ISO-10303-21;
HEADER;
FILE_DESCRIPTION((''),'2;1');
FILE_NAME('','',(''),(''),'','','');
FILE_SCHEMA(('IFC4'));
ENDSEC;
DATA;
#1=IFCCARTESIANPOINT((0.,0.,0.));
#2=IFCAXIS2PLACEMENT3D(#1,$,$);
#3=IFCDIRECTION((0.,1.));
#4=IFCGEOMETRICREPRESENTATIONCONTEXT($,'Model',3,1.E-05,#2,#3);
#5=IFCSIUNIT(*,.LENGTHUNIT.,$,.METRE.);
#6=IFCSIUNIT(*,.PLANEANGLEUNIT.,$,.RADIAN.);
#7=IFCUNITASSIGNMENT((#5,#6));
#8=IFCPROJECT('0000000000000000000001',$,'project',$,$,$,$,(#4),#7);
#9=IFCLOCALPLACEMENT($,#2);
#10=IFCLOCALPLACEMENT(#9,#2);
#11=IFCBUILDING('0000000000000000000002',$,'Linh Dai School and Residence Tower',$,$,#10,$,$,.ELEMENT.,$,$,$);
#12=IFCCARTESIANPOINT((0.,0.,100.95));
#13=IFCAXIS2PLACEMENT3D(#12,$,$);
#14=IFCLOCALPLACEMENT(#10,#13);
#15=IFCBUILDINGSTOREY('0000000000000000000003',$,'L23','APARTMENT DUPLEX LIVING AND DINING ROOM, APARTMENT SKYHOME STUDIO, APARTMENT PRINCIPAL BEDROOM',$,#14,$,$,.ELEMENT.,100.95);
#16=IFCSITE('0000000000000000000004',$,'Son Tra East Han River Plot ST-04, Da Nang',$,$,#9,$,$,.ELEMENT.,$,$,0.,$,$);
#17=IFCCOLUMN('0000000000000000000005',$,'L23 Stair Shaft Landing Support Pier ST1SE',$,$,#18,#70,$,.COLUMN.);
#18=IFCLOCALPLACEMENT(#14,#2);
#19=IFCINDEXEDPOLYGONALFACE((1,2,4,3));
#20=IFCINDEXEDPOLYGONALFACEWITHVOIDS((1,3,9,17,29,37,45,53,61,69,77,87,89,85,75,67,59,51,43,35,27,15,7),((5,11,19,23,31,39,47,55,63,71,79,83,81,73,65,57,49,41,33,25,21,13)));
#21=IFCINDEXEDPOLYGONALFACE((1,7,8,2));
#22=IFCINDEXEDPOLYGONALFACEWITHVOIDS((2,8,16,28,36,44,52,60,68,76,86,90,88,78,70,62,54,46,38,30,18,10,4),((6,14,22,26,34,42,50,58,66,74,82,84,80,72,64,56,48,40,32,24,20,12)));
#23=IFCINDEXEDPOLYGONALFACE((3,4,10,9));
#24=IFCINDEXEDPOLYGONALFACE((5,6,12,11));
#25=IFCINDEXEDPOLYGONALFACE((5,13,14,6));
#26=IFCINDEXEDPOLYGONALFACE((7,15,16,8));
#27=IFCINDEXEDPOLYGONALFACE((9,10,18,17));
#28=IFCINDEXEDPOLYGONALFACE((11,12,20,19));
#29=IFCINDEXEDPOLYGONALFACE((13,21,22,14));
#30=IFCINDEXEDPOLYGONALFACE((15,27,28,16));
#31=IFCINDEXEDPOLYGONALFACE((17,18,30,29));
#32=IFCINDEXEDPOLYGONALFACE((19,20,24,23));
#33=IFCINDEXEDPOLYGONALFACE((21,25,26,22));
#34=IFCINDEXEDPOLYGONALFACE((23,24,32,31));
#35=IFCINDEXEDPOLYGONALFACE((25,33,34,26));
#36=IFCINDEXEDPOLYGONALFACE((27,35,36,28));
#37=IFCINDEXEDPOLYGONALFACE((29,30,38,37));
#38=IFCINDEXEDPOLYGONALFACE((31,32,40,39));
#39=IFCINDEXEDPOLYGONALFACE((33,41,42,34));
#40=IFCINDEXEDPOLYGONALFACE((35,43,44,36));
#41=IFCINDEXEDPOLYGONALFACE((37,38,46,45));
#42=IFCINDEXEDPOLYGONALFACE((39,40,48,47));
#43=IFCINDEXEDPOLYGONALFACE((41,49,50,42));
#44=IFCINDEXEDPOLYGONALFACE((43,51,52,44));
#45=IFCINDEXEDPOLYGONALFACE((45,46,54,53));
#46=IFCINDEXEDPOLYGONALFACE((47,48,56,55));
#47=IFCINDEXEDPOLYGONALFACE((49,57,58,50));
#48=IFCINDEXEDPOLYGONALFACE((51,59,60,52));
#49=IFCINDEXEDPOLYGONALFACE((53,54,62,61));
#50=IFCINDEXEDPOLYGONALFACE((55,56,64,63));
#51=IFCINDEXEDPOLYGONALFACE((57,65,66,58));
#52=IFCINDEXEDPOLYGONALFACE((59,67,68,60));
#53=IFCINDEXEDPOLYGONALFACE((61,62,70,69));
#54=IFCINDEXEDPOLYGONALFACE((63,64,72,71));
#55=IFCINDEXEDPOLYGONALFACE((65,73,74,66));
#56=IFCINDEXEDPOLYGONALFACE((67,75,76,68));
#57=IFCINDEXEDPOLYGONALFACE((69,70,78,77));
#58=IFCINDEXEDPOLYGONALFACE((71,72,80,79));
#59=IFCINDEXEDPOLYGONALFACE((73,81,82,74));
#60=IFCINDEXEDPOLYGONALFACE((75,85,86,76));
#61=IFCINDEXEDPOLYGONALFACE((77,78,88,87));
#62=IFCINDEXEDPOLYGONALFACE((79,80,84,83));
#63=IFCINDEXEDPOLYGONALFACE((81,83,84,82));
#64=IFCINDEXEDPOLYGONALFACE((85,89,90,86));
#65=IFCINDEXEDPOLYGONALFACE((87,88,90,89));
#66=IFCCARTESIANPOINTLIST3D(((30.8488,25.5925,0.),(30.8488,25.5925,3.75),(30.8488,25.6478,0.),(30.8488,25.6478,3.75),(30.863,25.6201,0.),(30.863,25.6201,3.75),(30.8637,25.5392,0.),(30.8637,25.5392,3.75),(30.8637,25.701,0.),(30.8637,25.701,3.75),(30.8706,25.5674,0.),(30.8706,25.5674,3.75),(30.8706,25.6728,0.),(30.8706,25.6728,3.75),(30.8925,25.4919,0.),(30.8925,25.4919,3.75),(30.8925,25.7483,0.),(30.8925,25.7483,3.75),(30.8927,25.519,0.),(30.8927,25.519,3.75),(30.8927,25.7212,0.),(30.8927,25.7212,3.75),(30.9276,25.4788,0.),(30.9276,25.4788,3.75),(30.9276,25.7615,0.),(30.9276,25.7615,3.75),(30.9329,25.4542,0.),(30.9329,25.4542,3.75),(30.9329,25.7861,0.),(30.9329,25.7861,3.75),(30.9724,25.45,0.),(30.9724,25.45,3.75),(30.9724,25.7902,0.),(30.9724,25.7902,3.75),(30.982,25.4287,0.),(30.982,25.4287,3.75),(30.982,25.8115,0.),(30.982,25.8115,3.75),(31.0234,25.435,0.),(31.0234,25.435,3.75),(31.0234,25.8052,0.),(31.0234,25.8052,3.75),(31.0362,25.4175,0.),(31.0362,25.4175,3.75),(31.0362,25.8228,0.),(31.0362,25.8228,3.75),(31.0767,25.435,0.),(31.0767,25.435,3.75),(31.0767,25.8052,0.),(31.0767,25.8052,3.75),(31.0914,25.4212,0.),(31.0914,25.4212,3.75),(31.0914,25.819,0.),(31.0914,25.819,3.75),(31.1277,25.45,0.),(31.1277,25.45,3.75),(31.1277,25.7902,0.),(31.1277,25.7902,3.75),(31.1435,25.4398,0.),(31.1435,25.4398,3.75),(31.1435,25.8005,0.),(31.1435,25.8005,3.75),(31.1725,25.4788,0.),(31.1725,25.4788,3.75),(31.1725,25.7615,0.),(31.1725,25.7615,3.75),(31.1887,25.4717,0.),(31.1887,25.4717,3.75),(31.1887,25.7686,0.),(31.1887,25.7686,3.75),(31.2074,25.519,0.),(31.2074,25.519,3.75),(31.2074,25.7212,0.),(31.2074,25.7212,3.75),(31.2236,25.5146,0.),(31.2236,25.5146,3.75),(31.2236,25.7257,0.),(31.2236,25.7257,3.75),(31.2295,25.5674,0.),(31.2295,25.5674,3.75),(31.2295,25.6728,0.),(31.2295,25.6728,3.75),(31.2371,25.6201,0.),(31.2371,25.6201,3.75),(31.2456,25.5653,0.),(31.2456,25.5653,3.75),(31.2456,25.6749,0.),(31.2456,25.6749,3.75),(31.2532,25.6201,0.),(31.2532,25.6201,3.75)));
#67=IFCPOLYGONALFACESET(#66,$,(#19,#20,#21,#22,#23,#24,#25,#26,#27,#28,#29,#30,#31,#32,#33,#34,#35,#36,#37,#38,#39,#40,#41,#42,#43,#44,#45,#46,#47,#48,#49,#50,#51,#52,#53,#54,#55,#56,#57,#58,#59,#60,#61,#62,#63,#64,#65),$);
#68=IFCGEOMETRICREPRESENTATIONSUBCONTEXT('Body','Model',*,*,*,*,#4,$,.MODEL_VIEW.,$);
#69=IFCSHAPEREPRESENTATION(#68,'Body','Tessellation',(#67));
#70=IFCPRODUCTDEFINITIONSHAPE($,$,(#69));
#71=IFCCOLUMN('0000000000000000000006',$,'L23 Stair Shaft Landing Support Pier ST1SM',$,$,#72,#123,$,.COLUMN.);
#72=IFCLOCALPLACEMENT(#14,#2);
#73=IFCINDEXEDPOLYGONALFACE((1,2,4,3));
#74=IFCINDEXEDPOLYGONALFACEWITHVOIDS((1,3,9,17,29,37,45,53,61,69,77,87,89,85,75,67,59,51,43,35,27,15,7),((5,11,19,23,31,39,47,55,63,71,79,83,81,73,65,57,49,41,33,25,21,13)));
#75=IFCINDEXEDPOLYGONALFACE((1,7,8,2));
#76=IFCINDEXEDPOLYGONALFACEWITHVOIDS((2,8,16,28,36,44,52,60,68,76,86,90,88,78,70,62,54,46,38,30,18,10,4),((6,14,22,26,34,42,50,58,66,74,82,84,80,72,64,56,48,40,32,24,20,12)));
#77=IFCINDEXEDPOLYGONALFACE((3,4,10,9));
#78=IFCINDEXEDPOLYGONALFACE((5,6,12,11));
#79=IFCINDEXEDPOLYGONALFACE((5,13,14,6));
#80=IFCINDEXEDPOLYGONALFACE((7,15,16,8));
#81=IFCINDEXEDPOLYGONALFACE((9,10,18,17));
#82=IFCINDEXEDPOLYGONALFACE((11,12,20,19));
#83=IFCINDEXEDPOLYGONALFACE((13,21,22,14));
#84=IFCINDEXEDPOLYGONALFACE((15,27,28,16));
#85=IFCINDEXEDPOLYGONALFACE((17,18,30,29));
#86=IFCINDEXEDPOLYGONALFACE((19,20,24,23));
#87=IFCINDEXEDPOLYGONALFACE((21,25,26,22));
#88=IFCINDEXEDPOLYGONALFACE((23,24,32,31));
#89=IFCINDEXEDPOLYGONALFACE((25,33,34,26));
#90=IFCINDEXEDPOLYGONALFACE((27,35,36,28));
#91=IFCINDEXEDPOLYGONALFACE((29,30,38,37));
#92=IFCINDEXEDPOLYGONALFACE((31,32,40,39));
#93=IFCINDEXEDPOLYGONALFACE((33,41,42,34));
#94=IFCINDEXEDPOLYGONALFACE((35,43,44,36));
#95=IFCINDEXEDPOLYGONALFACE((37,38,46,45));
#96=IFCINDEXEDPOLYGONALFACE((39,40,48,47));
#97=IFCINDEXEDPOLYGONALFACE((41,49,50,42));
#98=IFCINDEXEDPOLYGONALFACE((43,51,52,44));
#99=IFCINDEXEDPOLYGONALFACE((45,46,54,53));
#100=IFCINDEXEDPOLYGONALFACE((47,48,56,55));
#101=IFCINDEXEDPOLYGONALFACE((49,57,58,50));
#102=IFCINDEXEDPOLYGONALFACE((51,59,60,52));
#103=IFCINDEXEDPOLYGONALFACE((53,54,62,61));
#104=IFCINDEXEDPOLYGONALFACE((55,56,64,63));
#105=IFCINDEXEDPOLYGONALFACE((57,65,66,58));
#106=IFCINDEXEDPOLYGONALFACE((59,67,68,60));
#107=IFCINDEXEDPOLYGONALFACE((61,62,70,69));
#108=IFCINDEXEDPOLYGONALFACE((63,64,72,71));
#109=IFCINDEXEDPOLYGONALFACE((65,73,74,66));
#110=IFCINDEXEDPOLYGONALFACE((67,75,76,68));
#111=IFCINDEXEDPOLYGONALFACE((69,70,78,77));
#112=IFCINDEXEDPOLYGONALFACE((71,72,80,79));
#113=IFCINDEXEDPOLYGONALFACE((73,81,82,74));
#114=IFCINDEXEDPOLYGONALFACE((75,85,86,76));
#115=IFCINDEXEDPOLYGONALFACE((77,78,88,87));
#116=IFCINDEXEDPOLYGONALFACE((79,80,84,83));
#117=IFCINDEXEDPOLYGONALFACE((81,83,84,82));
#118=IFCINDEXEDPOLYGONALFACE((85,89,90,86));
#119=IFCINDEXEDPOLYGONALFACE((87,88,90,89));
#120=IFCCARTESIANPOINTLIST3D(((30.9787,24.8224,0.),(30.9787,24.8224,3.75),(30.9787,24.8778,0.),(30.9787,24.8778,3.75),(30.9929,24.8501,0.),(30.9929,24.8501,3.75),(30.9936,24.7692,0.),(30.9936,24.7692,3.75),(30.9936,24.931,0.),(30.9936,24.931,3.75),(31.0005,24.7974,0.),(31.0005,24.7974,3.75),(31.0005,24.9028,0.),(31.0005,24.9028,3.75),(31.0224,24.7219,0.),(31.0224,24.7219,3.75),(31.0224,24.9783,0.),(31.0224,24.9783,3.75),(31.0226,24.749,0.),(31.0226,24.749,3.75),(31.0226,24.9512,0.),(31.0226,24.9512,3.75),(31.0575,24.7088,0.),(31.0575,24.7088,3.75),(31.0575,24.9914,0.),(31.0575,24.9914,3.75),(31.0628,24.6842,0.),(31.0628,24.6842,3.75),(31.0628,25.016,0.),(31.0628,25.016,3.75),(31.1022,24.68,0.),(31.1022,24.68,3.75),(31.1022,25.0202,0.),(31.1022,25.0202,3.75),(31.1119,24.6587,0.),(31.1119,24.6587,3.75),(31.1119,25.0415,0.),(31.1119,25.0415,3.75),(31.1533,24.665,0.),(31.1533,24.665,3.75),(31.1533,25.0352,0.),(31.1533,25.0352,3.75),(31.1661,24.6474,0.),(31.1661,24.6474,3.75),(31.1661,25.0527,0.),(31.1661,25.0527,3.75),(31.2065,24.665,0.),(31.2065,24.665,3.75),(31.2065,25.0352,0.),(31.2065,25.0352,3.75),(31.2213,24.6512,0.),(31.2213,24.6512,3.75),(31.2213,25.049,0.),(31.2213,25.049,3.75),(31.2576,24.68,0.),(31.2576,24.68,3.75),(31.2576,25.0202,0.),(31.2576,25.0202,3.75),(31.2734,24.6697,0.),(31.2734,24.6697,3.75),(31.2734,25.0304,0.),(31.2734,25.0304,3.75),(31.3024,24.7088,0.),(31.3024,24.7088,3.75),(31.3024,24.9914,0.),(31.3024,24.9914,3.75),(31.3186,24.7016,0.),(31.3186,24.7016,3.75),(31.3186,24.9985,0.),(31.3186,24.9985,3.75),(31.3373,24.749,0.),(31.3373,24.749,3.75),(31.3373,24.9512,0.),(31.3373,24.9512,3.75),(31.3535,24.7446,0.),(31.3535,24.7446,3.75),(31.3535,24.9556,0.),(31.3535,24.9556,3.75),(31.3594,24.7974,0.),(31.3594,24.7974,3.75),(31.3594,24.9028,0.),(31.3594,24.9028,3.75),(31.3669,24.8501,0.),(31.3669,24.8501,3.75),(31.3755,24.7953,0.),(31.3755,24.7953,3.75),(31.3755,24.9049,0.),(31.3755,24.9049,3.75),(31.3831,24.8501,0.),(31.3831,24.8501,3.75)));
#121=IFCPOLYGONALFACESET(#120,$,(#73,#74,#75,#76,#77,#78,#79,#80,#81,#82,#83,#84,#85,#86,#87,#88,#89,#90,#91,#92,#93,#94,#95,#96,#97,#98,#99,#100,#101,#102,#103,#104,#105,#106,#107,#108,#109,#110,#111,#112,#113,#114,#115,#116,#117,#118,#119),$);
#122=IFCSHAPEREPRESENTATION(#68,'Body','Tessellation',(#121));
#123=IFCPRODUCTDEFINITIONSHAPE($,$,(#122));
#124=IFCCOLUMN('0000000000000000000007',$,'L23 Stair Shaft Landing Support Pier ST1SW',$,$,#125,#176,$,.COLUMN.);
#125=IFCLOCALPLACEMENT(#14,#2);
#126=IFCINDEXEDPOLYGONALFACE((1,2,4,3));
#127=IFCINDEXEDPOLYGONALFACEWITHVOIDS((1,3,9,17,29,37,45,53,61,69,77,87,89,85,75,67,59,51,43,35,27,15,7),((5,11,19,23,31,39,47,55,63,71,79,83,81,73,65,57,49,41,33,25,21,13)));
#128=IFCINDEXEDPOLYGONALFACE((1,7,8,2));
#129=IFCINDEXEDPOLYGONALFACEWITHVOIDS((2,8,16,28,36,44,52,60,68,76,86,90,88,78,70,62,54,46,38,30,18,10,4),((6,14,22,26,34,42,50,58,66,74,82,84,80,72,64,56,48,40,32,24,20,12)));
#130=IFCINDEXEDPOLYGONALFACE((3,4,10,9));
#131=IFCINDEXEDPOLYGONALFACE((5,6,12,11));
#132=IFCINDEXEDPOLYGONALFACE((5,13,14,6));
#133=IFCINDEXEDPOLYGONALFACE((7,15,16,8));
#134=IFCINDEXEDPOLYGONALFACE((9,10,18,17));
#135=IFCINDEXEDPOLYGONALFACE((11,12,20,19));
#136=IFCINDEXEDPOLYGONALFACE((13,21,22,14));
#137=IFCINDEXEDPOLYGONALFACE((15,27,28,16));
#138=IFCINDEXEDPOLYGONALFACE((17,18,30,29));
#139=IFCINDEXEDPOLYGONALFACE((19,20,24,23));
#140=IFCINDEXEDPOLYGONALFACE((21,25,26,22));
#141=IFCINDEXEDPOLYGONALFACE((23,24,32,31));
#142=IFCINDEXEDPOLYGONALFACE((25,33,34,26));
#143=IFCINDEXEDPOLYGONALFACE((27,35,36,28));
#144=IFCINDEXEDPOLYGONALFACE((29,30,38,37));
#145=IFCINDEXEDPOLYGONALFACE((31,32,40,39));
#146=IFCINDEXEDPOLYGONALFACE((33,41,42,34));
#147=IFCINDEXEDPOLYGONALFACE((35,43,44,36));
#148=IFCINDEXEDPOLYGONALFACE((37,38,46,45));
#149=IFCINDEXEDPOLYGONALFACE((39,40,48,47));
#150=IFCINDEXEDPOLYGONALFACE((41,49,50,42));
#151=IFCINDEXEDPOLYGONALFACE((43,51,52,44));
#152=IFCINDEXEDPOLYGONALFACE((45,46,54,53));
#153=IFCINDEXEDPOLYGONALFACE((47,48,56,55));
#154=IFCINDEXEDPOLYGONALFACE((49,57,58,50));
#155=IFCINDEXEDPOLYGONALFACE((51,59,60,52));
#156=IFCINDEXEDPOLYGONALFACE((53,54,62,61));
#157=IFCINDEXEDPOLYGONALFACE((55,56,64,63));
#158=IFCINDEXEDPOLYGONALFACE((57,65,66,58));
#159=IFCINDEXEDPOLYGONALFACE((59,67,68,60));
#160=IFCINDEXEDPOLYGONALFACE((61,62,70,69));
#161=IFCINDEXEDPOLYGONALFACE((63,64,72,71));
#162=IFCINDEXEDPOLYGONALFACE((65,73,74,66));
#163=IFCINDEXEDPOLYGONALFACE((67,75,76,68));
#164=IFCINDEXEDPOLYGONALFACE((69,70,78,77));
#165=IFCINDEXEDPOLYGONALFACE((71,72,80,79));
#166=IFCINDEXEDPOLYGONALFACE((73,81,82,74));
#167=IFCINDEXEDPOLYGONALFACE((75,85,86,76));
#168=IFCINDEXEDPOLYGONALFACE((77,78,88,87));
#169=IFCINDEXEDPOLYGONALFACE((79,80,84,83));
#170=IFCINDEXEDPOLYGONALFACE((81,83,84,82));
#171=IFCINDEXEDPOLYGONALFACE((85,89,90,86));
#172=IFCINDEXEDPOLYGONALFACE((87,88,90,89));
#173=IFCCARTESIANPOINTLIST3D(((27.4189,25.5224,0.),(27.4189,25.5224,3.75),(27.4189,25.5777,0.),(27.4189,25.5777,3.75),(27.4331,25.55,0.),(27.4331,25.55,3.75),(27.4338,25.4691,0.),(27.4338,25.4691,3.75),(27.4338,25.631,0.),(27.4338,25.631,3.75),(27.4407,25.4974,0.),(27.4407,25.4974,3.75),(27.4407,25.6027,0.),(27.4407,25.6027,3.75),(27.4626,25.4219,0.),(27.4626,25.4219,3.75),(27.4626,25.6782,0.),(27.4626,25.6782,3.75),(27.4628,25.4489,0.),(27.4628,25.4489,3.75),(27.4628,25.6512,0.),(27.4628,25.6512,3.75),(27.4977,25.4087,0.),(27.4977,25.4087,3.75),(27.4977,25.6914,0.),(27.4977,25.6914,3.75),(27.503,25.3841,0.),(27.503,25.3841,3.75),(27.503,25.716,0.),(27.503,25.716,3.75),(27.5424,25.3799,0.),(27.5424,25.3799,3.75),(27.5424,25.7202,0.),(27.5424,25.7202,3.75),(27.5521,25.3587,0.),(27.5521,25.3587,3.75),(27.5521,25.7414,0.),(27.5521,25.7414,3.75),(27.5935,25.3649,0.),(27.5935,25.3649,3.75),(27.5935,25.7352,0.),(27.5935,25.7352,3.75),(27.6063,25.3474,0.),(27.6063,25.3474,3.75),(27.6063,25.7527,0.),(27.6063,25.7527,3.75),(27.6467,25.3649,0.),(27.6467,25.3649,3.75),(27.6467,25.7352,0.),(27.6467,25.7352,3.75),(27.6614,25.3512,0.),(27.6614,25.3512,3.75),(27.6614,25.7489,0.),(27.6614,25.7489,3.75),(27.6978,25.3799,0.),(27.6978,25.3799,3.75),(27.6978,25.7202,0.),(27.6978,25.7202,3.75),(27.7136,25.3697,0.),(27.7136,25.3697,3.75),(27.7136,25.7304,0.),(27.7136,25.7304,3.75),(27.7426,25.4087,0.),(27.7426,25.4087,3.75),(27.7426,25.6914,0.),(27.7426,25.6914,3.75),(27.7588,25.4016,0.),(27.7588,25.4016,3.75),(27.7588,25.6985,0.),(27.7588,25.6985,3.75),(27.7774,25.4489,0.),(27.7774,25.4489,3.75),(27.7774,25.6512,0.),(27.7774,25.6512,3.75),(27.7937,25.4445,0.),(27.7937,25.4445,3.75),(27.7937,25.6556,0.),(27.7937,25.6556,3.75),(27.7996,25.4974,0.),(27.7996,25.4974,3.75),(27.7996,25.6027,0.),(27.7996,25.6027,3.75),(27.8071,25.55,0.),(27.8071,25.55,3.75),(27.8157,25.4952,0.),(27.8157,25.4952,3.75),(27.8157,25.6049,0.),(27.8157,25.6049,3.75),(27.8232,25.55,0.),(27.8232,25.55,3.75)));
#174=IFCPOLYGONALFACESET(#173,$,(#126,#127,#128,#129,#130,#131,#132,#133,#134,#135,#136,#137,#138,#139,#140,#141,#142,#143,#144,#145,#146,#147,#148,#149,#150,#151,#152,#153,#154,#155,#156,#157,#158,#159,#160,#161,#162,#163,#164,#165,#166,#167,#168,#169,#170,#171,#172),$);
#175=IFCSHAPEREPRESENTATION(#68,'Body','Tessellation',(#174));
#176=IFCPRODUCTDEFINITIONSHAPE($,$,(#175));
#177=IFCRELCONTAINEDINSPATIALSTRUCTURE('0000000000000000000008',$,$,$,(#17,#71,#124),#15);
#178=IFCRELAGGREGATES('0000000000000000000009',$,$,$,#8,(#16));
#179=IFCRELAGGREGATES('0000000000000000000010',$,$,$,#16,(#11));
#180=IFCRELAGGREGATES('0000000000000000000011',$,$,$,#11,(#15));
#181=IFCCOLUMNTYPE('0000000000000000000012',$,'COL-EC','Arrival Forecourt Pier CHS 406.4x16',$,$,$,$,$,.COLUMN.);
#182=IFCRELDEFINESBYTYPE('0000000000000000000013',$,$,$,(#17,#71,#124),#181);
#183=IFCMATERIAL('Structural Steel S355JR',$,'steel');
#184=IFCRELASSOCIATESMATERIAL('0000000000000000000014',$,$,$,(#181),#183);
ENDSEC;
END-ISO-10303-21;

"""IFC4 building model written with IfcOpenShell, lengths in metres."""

from ifc_helpers import new_model, si_unit, direction, frame, origin, origin_2d, place, context, subcontext, project, spatial, hollow_circle, extrude, material, material_profile, profile_set, type_object, element, save


model = new_model("IFC4")

# Units and contexts
model_context = context("Model", 3, precision=1e-05, world=origin(), true_north=direction((0.0, 1.0)))
body_context = subcontext(model_context, "Body", "Model", "MODEL_VIEW")
ifc_project = project(units=[si_unit("LENGTHUNIT", "METRE"), si_unit("PLANEANGLEUNIT", "RADIAN")], contexts=[model_context])

# Site, building, storey
site_placement = place(None, origin())
site = spatial("IfcSite", under=ifc_project, at=site_placement, Name="Son Tra East Han River Plot ST-04, Da Nang", CompositionType="ELEMENT", RefElevation=0.0)
building_placement = place(site_placement, origin())
building = spatial("IfcBuilding", under=site, at=building_placement, Name="Linh Dai School and Residence Tower", CompositionType="ELEMENT")
storey_placement = place(building_placement, frame((0.0, 0.0, 100.95)))
storey = spatial("IfcBuildingStorey", under=building, at=storey_placement, Name="L23", Description="APARTMENT DUPLEX LIVING AND DINING ROOM, APARTMENT SKYHOME STUDIO, APARTMENT PRINCIPAL BEDROOM", CompositionType="ELEMENT", Elevation=100.95)

# Columns
ifc_material_1 = material(Name="Structural Steel S355JR", Category="steel")
ifc_material_profile_1 = material_profile(ifc_material_1, hollow_circle(Radius=0.2031, WallThickness=0.0161, at=origin_2d()), Name="CHS 406.4x16")
ifc_profile_set_1 = profile_set([ifc_material_profile_1], Name="Structural Steel S355JR")
column_type = type_object("IfcColumnType", Name="COL-EC", Description="Arrival Forecourt Pier CHS 406.4x16", PredefinedType="COLUMN", material=ifc_profile_set_1)
for number, where, z_axis, x_axis, name in (
    (1, (31.05, 25.6201, 0.0), (0.0, 0.0, 1.0), (1.0, 0.0, 0.0), "L23 Stair Shaft Landing Support Pier ST1SE"),
    (2, (31.1799, 24.8501, 0.0), (0.0, 0.0, 1.0), (1.0, 0.0, 0.0), "L23 Stair Shaft Landing Support Pier ST1SM"),
    (3, (27.6201, 25.55, 0.0), (0.0, 0.0, 1.0), (1.0, 0.0, 0.0), "L23 Stair Shaft Landing Support Pier ST1SW"),
):
    element("IfcColumn", number, at=place(storey_placement, frame(where, z_axis=z_axis, x_axis=x_axis)), inside=storey, type_object=column_type, Name=name, PredefinedType="COLUMN", context=body_context, shape_type="SweptSolid", body=[
        extrude(hollow_circle(Radius=0.2031, WallThickness=0.0161, at=origin_2d()), origin(), (0.0, 0.0, 1.0), 3.75),
    ])

save(model, "model.ifc")
